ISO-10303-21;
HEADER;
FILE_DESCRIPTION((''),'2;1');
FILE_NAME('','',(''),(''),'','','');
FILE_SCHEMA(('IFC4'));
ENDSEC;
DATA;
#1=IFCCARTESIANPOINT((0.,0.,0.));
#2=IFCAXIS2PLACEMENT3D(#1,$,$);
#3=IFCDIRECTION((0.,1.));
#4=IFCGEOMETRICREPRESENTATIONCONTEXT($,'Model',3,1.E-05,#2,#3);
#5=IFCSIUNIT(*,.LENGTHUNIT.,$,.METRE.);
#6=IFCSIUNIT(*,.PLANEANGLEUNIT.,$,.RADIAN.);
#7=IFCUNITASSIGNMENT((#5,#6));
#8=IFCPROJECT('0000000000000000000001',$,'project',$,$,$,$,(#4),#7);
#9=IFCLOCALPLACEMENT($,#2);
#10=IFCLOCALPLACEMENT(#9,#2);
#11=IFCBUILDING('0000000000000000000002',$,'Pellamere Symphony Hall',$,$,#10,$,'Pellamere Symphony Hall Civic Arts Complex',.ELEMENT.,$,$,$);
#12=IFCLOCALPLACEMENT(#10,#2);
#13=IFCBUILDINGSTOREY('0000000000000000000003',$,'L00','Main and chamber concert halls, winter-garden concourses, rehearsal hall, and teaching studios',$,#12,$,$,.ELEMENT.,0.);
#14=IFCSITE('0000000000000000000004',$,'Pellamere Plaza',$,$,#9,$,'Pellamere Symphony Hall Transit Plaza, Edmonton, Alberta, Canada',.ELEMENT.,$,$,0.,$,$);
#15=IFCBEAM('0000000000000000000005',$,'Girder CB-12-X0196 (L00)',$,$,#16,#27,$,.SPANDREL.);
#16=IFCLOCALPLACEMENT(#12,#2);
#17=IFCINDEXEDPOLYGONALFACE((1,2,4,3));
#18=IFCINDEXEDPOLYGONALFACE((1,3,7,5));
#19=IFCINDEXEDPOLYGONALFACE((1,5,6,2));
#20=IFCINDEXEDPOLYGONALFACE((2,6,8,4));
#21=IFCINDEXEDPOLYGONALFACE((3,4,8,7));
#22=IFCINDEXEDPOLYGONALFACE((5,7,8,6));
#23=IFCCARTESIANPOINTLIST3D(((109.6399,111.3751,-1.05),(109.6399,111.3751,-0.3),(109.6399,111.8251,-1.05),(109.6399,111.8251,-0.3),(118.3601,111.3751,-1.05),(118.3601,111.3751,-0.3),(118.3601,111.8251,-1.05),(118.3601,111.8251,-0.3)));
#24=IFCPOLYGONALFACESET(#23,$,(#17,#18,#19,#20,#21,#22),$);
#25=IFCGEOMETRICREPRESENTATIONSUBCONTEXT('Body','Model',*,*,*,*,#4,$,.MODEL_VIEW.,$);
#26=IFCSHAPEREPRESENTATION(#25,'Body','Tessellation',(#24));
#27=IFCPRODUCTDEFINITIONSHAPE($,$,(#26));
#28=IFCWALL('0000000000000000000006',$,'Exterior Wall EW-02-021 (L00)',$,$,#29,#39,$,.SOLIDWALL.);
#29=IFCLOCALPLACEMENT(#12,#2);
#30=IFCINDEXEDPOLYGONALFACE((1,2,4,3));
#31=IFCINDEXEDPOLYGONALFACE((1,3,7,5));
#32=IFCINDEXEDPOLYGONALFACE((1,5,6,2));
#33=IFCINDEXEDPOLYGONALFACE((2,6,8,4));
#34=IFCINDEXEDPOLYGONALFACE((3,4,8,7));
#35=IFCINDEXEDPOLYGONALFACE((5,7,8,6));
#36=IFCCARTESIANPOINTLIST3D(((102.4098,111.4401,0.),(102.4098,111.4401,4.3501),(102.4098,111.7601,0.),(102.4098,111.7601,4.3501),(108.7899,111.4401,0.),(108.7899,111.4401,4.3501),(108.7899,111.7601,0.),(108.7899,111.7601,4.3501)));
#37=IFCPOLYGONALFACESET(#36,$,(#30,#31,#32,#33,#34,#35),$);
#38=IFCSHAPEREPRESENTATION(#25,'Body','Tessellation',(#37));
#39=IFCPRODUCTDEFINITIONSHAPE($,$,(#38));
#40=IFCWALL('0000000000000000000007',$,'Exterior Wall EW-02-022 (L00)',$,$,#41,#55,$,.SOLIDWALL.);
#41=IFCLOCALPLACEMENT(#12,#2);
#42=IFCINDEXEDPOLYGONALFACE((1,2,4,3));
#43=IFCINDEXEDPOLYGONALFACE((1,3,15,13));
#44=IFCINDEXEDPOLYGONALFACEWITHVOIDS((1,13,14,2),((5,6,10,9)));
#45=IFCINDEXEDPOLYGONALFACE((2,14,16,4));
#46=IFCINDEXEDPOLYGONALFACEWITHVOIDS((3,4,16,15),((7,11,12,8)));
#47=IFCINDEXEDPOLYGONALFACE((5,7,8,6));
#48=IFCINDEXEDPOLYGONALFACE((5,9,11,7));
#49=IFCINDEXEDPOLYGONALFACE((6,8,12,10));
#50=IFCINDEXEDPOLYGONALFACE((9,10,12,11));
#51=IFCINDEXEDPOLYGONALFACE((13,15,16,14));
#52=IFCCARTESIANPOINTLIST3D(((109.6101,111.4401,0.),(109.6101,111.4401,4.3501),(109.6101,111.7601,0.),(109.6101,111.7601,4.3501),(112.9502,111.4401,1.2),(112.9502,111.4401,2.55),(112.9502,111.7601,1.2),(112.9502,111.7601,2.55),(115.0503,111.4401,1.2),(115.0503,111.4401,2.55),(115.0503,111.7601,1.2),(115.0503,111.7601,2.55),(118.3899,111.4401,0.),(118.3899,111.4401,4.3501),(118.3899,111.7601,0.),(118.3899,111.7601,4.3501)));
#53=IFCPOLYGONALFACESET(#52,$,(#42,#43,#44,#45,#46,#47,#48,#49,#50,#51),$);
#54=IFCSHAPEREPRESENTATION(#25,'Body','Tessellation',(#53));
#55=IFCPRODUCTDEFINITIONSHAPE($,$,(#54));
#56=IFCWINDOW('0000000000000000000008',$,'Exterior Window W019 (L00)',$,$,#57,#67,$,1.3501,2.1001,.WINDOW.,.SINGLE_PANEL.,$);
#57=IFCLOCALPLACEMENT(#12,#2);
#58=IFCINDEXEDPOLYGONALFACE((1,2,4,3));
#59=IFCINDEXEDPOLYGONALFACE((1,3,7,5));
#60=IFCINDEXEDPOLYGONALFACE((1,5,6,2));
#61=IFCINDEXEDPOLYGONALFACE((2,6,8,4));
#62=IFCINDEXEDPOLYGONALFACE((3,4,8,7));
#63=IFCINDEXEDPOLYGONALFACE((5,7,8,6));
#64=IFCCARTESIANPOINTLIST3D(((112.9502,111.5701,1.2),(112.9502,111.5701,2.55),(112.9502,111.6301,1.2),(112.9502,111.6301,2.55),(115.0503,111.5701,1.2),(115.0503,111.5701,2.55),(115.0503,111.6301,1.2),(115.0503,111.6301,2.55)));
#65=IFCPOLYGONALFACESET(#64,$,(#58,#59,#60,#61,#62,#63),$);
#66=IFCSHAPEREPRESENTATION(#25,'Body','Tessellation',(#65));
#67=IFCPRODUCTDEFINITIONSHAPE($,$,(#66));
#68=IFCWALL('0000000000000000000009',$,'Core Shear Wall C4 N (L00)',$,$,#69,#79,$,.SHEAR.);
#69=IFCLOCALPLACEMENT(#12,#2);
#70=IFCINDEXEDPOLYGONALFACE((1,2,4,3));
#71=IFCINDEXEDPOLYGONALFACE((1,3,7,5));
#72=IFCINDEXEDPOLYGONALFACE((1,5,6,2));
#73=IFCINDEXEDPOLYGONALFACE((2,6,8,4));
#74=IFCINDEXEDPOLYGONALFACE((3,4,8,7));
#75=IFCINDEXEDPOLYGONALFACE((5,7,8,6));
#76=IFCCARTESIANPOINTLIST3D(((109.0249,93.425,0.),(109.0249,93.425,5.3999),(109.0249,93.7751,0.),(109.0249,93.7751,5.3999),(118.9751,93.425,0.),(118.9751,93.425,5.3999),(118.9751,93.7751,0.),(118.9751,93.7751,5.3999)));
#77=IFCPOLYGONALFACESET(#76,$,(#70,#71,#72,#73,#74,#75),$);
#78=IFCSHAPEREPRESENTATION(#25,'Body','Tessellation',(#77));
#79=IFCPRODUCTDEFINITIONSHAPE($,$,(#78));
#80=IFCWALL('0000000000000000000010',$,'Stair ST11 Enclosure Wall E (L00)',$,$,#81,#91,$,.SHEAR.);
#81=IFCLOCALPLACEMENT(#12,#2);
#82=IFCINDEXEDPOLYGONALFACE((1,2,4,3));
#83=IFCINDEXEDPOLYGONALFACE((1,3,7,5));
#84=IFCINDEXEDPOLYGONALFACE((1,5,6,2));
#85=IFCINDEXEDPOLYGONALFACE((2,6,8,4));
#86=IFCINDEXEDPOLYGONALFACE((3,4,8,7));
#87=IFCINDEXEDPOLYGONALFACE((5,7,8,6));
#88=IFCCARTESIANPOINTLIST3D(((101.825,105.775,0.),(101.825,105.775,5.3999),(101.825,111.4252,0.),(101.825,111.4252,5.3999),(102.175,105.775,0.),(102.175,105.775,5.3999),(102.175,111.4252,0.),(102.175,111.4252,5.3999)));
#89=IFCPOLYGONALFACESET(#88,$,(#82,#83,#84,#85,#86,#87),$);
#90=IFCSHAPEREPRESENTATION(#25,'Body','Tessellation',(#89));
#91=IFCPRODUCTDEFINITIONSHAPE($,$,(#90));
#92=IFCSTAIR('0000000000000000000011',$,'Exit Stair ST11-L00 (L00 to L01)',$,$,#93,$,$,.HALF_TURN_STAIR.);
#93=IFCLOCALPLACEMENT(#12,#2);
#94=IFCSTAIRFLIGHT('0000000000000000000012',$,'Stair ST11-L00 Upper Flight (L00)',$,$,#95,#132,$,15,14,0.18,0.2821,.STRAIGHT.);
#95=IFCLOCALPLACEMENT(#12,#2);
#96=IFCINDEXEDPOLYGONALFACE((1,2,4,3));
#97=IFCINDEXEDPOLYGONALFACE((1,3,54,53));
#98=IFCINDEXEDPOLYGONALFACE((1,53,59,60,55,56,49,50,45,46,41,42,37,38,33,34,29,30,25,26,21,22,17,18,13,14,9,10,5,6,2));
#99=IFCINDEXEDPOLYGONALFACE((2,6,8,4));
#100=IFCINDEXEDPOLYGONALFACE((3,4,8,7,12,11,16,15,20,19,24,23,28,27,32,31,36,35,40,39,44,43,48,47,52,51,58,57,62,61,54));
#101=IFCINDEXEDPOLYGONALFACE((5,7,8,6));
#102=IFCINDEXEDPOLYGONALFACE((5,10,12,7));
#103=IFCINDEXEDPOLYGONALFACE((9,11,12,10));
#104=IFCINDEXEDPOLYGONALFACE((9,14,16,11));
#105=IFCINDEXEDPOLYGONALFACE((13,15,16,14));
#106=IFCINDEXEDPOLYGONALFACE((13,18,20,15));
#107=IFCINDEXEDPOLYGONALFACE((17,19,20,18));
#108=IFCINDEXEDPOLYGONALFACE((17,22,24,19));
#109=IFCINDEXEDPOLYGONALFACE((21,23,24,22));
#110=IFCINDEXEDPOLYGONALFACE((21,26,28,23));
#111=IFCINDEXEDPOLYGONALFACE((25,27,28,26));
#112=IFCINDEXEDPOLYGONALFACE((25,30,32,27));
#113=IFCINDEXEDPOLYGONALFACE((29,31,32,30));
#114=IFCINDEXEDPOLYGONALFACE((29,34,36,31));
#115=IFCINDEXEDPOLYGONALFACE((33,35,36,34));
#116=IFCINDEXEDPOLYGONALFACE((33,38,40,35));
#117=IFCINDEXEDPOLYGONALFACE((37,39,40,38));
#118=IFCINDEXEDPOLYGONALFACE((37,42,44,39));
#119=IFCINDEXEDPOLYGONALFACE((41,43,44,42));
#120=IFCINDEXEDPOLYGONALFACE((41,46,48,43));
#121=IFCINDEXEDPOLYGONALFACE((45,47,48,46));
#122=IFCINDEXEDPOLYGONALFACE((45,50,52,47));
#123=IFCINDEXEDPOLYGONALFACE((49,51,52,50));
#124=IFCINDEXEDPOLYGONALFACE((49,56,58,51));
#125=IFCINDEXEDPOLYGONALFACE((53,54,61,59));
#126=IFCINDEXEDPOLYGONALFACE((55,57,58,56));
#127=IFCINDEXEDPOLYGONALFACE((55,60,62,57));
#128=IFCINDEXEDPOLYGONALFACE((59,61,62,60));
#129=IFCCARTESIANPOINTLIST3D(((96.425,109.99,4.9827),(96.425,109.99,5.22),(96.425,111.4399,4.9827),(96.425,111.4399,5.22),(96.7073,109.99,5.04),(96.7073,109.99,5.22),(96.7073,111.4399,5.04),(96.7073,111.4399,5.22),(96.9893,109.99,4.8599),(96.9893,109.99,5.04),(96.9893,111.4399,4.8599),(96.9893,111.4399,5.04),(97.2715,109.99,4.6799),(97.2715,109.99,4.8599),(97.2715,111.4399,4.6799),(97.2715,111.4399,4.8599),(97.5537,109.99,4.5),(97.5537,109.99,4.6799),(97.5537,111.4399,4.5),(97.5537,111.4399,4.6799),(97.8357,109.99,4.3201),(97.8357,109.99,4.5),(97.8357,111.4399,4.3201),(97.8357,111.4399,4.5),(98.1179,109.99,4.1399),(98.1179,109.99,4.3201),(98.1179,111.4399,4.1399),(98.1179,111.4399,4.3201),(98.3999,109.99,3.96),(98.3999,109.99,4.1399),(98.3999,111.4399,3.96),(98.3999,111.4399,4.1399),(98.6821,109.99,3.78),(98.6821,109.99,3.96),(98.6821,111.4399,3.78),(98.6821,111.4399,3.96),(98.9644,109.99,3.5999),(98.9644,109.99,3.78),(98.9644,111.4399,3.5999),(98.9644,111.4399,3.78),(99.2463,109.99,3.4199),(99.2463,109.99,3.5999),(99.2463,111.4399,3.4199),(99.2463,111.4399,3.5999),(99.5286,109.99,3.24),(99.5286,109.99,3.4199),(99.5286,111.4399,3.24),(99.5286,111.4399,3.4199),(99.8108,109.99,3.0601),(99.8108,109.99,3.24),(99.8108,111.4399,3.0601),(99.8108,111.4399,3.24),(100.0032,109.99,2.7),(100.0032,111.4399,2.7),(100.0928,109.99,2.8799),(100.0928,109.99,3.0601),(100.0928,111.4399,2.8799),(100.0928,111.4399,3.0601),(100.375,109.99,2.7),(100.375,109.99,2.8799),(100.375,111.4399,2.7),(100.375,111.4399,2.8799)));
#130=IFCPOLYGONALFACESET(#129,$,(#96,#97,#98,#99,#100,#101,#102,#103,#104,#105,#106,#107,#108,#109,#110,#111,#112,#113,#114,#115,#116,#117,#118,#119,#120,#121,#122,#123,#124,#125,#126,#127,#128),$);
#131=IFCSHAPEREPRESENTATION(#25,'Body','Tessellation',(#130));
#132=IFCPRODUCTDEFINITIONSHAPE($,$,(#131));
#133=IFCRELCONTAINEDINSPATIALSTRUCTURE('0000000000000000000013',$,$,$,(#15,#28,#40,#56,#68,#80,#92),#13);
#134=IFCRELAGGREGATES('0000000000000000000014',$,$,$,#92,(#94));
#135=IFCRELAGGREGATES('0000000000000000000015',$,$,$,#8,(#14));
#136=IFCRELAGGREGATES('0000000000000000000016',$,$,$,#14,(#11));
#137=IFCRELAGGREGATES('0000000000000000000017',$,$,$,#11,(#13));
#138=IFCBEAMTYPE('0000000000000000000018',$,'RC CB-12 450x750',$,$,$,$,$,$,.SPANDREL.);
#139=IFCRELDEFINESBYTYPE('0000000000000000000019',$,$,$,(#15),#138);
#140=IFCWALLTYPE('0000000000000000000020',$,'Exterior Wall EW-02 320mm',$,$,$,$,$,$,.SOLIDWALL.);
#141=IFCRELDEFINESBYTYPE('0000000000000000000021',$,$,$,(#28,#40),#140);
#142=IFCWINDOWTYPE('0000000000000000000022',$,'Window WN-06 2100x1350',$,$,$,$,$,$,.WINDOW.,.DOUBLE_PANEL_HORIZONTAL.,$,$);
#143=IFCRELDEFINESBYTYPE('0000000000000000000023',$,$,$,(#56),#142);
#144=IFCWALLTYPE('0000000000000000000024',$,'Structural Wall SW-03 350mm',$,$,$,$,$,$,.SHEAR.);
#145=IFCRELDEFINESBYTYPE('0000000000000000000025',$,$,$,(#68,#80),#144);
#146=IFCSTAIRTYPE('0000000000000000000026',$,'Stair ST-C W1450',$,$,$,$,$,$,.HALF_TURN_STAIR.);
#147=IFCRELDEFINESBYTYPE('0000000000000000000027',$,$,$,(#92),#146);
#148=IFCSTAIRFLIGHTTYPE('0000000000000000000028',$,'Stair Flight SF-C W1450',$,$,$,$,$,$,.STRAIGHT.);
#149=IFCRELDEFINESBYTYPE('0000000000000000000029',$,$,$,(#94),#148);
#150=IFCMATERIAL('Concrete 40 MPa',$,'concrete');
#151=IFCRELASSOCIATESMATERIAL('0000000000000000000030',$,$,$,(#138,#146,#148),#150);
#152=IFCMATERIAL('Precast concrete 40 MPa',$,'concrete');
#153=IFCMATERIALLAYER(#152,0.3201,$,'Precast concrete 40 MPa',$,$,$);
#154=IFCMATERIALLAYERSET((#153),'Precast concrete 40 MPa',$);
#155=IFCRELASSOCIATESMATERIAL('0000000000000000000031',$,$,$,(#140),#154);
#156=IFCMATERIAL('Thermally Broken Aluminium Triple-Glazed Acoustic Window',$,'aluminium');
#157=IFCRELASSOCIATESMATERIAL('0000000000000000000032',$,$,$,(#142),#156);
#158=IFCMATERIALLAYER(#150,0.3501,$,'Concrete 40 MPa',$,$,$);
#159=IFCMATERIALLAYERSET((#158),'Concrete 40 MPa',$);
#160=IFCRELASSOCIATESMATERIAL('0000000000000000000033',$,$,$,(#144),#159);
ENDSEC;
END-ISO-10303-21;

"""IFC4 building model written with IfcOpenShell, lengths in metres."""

from ifc_helpers import new_model, si_unit, direction, frame, frame_2d, origin, origin_2d, place, context, subcontext, project, spatial, polyline, rectangle, outline, extrude, material, layer, layer_set, material_profile, profile_set, type_object, element, fill, aggregate, save


model = new_model("IFC4")

# Units and contexts
model_context = context("Model", 3, precision=1e-05, world=origin(), true_north=direction((0.0, 1.0)))
body_context = subcontext(model_context, "Body", "Model", "MODEL_VIEW")
ifc_project = project(units=[si_unit("LENGTHUNIT", "METRE"), si_unit("PLANEANGLEUNIT", "RADIAN")], contexts=[model_context])

# Site, building, storey
site_placement = place(None, origin())
site = spatial("IfcSite", under=ifc_project, at=site_placement, Name="Pellamere Plaza", LongName="Pellamere Symphony Hall Transit Plaza, Edmonton, Alberta, Canada", CompositionType="ELEMENT", RefElevation=0.0)
building_placement = place(site_placement, origin())
building = spatial("IfcBuilding", under=site, at=building_placement, Name="Pellamere Symphony Hall", LongName="Pellamere Symphony Hall Civic Arts Complex", CompositionType="ELEMENT")
storey_placement = place(building_placement, origin())
storey = spatial("IfcBuildingStorey", under=building, at=storey_placement, Name="L00", Description="Main and chamber concert halls, winter-garden concourses, rehearsal hall, and teaching studios", CompositionType="ELEMENT", Elevation=0.0)

# Shared definitions
ifc_material_1 = material(Name="Concrete 40 MPa", Category="concrete")

# Beam
ifc_material_profile_1 = material_profile(ifc_material_1, rectangle(XDim=0.45, YDim=0.75, at=origin_2d()), Name="RC 450x750")
ifc_profile_set_1 = profile_set([ifc_material_profile_1], Name="Concrete 40 MPa")
beam_type_1 = type_object("IfcBeamType", Name="RC CB-12 450x750", PredefinedType="SPANDREL", material=ifc_profile_set_1)
beam_1_placement = place(storey_placement, frame((109.6399, 111.6001, -0.675), z_axis=(1.0, 0.0, 0.0), x_axis=(0.0, 1.0, 0.0)))
element("IfcBeam", 1, at=beam_1_placement, inside=storey, type_object=beam_type_1, Name="Girder CB-12-X0196 (L00)", PredefinedType="SPANDREL", context=body_context, shape_type="SweptSolid", body=[
    extrude(rectangle(XDim=0.45, YDim=0.75, at=origin_2d()), origin(), (0.0, 0.0, 1.0), 8.7202),
])

# Wall
ifc_material_2 = material(Name="Precast concrete 40 MPa", Category="concrete")
ifc_layer_1 = layer(ifc_material_2, 0.3201, Name="Precast concrete 40 MPa")
ifc_layer_set_1 = layer_set([ifc_layer_1], Name="Precast concrete 40 MPa")
wall_type_1 = type_object("IfcWallType", Name="Exterior Wall EW-02 320mm", PredefinedType="SOLIDWALL", material=ifc_layer_set_1)
wall_1_placement = place(storey_placement, frame((102.4099, 111.6001, 0.0), z_axis=(0.0, 0.0, 1.0), x_axis=(1.0, 0.0, 0.0)))
element("IfcWall", 2, at=wall_1_placement, inside=storey, type_object=wall_type_1, Name="Exterior Wall EW-02-021 (L00)", PredefinedType="SOLIDWALL", context=body_context, shape_type="SweptSolid", body=[
    extrude(rectangle(XDim=6.3801, YDim=0.3201, at=frame_2d((3.1899, 0.0))), origin(), (0.0, 0.0, 1.0), 4.3501),
])

# Wall, opening, window
wall_2_placement = place(storey_placement, frame((109.6101, 111.6001, 0.0), z_axis=(0.0, 0.0, 1.0), x_axis=(1.0, 0.0, 0.0)))
wall_2 = element("IfcWall", 3, at=wall_2_placement, inside=storey, type_object=wall_type_1, Name="Exterior Wall EW-02-022 (L00)", PredefinedType="SOLIDWALL", context=body_context, shape_type="SweptSolid", body=[
    extrude(rectangle(XDim=8.7798, YDim=0.3201, at=frame_2d((4.3899, 0.0))), origin(), (0.0, 0.0, 1.0), 4.3501),
])
opening_placement = place(wall_2_placement, frame((3.3401, 0.0, 1.2)))
opening = element("IfcOpeningElement", 4, at=opening_placement, cuts=wall_2, PredefinedType="OPENING", context=body_context, shape_type="SweptSolid", body=[
    extrude(rectangle(XDim=2.1001, YDim=1.3501, at=frame_2d((1.05, 0.675))), frame((0.0, 0.1699, 0.0), z_axis=(0.0, -1.0, 0.0), x_axis=(1.0, 0.0, 0.0)), (0.0, 0.0, 1.0), 0.3401),
])
ifc_material_3 = material(Name="Thermally Broken Aluminium Triple-Glazed Acoustic Window", Category="aluminium")
window_type = type_object("IfcWindowType", Name="Window WN-06 2100x1350", PartitioningType="DOUBLE_PANEL_HORIZONTAL", PredefinedType="WINDOW", material=ifc_material_3)
window_placement = place(opening_placement, origin())
window = element("IfcWindow", 5, at=window_placement, inside=storey, type_object=window_type, Name="Exterior Window W019 (L00)", OverallHeight=1.3501, OverallWidth=2.1001, PartitioningType="SINGLE_PANEL", PredefinedType="WINDOW", context=body_context, shape_type="SweptSolid", body=[
    extrude(rectangle(XDim=2.1001, YDim=1.3501, at=frame_2d((1.05, 0.675))), frame((0.0, 0.03, 0.0), z_axis=(0.0, -1.0, 0.0), x_axis=(1.0, 0.0, 0.0)), (0.0, 0.0, 1.0), 0.0601),
])
fill(opening, window)

# Walls
ifc_layer_2 = layer(ifc_material_1, 0.3501, Name="Concrete 40 MPa")
ifc_layer_set_2 = layer_set([ifc_layer_2], Name="Concrete 40 MPa")
wall_type_2 = type_object("IfcWallType", Name="Structural Wall SW-03 350mm", PredefinedType="SHEAR", material=ifc_layer_set_2)
wall_3_placement = place(storey_placement, frame((109.0249, 93.6001, 0.0), z_axis=(0.0, 0.0, 1.0), x_axis=(1.0, 0.0, 0.0)))
element("IfcWall", 6, at=wall_3_placement, inside=storey, type_object=wall_type_2, Name="Core Shear Wall C4 N (L00)", PredefinedType="SHEAR", context=body_context, shape_type="SweptSolid", body=[
    extrude(rectangle(XDim=9.9502, YDim=0.3501, at=frame_2d((4.9751, 0.0))), origin(), (0.0, 0.0, 1.0), 5.3999),
])
wall_4_placement = place(storey_placement, frame((102.0, 105.7749, 0.0), z_axis=(0.0, 0.0, 1.0), x_axis=(0.0, 1.0, 0.0)))
element("IfcWall", 7, at=wall_4_placement, inside=storey, type_object=wall_type_2, Name="Stair ST11 Enclosure Wall E (L00)", PredefinedType="SHEAR", context=body_context, shape_type="SweptSolid", body=[
    extrude(rectangle(XDim=5.6501, YDim=0.3501, at=frame_2d((2.8252, 0.0))), origin(), (0.0, 0.0, 1.0), 5.3999),
])

# Stair, stair flight
stair_type = type_object("IfcStairType", Name="Stair ST-C W1450", PredefinedType="HALF_TURN_STAIR", material=ifc_material_1)
stair_placement = place(storey_placement, origin())
stair = element("IfcStair", 8, at=stair_placement, inside=storey, type_object=stair_type, Name="Exit Stair ST11-L00 (L00 to L01)", PredefinedType="HALF_TURN_STAIR")
stair_flight_type = type_object("IfcStairFlightType", Name="Stair Flight SF-C W1450", PredefinedType="STRAIGHT", material=ifc_material_1)
stair_flight_placement = place(storey_placement, frame((100.375, 110.7151, 2.7), z_axis=(0.0, 0.0, 1.0), x_axis=(-1.0, 0.0, 0.0)))
stair_flight = element("IfcStairFlight", 9, at=stair_flight_placement, type_object=stair_flight_type, Name="Stair ST11-L00 Upper Flight (L00)", NumberOfRisers=15, NumberOfTreads=14, PredefinedType="STRAIGHT", RiserHeight=0.18, TreadLength=0.2821, context=body_context, shape_type="SweptSolid", body=[
    extrude(outline(polyline([(0.0, 0.0), (0.0, 0.1799), (0.2822, 0.1799), (0.2822, 0.3601), (0.5642, 0.3601), (0.5642, 0.54), (0.8464, 0.54), (0.8464, 0.72), (1.1287, 0.72), (1.1287, 0.8999), (1.4106, 0.8999), (1.4106, 1.0801), (1.6929, 1.0801), (1.6929, 1.26), (1.9751, 1.26), (1.9751, 1.4399), (2.2571, 1.4399), (2.2571, 1.6201), (2.5393, 1.6201), (2.5393, 1.8), (2.8213, 1.8), (2.8213, 1.98), (3.1035, 1.98), (3.1035, 2.1599), (3.3857, 2.1599), (3.3857, 2.3401), (3.6677, 2.3401), (3.6677, 2.52), (3.95, 2.52), (3.95, 2.7), (3.95, 2.2827), (0.3718, 0.0), (0.0, 0.0)])), frame((0.0, 0.7251, 0.0), z_axis=(0.0, -1.0, 0.0), x_axis=(1.0, 0.0, 0.0)), (0.0, 0.0, 1.0), 1.45),
])
aggregate(stair, [stair_flight])

save(model, "model.ifc")
